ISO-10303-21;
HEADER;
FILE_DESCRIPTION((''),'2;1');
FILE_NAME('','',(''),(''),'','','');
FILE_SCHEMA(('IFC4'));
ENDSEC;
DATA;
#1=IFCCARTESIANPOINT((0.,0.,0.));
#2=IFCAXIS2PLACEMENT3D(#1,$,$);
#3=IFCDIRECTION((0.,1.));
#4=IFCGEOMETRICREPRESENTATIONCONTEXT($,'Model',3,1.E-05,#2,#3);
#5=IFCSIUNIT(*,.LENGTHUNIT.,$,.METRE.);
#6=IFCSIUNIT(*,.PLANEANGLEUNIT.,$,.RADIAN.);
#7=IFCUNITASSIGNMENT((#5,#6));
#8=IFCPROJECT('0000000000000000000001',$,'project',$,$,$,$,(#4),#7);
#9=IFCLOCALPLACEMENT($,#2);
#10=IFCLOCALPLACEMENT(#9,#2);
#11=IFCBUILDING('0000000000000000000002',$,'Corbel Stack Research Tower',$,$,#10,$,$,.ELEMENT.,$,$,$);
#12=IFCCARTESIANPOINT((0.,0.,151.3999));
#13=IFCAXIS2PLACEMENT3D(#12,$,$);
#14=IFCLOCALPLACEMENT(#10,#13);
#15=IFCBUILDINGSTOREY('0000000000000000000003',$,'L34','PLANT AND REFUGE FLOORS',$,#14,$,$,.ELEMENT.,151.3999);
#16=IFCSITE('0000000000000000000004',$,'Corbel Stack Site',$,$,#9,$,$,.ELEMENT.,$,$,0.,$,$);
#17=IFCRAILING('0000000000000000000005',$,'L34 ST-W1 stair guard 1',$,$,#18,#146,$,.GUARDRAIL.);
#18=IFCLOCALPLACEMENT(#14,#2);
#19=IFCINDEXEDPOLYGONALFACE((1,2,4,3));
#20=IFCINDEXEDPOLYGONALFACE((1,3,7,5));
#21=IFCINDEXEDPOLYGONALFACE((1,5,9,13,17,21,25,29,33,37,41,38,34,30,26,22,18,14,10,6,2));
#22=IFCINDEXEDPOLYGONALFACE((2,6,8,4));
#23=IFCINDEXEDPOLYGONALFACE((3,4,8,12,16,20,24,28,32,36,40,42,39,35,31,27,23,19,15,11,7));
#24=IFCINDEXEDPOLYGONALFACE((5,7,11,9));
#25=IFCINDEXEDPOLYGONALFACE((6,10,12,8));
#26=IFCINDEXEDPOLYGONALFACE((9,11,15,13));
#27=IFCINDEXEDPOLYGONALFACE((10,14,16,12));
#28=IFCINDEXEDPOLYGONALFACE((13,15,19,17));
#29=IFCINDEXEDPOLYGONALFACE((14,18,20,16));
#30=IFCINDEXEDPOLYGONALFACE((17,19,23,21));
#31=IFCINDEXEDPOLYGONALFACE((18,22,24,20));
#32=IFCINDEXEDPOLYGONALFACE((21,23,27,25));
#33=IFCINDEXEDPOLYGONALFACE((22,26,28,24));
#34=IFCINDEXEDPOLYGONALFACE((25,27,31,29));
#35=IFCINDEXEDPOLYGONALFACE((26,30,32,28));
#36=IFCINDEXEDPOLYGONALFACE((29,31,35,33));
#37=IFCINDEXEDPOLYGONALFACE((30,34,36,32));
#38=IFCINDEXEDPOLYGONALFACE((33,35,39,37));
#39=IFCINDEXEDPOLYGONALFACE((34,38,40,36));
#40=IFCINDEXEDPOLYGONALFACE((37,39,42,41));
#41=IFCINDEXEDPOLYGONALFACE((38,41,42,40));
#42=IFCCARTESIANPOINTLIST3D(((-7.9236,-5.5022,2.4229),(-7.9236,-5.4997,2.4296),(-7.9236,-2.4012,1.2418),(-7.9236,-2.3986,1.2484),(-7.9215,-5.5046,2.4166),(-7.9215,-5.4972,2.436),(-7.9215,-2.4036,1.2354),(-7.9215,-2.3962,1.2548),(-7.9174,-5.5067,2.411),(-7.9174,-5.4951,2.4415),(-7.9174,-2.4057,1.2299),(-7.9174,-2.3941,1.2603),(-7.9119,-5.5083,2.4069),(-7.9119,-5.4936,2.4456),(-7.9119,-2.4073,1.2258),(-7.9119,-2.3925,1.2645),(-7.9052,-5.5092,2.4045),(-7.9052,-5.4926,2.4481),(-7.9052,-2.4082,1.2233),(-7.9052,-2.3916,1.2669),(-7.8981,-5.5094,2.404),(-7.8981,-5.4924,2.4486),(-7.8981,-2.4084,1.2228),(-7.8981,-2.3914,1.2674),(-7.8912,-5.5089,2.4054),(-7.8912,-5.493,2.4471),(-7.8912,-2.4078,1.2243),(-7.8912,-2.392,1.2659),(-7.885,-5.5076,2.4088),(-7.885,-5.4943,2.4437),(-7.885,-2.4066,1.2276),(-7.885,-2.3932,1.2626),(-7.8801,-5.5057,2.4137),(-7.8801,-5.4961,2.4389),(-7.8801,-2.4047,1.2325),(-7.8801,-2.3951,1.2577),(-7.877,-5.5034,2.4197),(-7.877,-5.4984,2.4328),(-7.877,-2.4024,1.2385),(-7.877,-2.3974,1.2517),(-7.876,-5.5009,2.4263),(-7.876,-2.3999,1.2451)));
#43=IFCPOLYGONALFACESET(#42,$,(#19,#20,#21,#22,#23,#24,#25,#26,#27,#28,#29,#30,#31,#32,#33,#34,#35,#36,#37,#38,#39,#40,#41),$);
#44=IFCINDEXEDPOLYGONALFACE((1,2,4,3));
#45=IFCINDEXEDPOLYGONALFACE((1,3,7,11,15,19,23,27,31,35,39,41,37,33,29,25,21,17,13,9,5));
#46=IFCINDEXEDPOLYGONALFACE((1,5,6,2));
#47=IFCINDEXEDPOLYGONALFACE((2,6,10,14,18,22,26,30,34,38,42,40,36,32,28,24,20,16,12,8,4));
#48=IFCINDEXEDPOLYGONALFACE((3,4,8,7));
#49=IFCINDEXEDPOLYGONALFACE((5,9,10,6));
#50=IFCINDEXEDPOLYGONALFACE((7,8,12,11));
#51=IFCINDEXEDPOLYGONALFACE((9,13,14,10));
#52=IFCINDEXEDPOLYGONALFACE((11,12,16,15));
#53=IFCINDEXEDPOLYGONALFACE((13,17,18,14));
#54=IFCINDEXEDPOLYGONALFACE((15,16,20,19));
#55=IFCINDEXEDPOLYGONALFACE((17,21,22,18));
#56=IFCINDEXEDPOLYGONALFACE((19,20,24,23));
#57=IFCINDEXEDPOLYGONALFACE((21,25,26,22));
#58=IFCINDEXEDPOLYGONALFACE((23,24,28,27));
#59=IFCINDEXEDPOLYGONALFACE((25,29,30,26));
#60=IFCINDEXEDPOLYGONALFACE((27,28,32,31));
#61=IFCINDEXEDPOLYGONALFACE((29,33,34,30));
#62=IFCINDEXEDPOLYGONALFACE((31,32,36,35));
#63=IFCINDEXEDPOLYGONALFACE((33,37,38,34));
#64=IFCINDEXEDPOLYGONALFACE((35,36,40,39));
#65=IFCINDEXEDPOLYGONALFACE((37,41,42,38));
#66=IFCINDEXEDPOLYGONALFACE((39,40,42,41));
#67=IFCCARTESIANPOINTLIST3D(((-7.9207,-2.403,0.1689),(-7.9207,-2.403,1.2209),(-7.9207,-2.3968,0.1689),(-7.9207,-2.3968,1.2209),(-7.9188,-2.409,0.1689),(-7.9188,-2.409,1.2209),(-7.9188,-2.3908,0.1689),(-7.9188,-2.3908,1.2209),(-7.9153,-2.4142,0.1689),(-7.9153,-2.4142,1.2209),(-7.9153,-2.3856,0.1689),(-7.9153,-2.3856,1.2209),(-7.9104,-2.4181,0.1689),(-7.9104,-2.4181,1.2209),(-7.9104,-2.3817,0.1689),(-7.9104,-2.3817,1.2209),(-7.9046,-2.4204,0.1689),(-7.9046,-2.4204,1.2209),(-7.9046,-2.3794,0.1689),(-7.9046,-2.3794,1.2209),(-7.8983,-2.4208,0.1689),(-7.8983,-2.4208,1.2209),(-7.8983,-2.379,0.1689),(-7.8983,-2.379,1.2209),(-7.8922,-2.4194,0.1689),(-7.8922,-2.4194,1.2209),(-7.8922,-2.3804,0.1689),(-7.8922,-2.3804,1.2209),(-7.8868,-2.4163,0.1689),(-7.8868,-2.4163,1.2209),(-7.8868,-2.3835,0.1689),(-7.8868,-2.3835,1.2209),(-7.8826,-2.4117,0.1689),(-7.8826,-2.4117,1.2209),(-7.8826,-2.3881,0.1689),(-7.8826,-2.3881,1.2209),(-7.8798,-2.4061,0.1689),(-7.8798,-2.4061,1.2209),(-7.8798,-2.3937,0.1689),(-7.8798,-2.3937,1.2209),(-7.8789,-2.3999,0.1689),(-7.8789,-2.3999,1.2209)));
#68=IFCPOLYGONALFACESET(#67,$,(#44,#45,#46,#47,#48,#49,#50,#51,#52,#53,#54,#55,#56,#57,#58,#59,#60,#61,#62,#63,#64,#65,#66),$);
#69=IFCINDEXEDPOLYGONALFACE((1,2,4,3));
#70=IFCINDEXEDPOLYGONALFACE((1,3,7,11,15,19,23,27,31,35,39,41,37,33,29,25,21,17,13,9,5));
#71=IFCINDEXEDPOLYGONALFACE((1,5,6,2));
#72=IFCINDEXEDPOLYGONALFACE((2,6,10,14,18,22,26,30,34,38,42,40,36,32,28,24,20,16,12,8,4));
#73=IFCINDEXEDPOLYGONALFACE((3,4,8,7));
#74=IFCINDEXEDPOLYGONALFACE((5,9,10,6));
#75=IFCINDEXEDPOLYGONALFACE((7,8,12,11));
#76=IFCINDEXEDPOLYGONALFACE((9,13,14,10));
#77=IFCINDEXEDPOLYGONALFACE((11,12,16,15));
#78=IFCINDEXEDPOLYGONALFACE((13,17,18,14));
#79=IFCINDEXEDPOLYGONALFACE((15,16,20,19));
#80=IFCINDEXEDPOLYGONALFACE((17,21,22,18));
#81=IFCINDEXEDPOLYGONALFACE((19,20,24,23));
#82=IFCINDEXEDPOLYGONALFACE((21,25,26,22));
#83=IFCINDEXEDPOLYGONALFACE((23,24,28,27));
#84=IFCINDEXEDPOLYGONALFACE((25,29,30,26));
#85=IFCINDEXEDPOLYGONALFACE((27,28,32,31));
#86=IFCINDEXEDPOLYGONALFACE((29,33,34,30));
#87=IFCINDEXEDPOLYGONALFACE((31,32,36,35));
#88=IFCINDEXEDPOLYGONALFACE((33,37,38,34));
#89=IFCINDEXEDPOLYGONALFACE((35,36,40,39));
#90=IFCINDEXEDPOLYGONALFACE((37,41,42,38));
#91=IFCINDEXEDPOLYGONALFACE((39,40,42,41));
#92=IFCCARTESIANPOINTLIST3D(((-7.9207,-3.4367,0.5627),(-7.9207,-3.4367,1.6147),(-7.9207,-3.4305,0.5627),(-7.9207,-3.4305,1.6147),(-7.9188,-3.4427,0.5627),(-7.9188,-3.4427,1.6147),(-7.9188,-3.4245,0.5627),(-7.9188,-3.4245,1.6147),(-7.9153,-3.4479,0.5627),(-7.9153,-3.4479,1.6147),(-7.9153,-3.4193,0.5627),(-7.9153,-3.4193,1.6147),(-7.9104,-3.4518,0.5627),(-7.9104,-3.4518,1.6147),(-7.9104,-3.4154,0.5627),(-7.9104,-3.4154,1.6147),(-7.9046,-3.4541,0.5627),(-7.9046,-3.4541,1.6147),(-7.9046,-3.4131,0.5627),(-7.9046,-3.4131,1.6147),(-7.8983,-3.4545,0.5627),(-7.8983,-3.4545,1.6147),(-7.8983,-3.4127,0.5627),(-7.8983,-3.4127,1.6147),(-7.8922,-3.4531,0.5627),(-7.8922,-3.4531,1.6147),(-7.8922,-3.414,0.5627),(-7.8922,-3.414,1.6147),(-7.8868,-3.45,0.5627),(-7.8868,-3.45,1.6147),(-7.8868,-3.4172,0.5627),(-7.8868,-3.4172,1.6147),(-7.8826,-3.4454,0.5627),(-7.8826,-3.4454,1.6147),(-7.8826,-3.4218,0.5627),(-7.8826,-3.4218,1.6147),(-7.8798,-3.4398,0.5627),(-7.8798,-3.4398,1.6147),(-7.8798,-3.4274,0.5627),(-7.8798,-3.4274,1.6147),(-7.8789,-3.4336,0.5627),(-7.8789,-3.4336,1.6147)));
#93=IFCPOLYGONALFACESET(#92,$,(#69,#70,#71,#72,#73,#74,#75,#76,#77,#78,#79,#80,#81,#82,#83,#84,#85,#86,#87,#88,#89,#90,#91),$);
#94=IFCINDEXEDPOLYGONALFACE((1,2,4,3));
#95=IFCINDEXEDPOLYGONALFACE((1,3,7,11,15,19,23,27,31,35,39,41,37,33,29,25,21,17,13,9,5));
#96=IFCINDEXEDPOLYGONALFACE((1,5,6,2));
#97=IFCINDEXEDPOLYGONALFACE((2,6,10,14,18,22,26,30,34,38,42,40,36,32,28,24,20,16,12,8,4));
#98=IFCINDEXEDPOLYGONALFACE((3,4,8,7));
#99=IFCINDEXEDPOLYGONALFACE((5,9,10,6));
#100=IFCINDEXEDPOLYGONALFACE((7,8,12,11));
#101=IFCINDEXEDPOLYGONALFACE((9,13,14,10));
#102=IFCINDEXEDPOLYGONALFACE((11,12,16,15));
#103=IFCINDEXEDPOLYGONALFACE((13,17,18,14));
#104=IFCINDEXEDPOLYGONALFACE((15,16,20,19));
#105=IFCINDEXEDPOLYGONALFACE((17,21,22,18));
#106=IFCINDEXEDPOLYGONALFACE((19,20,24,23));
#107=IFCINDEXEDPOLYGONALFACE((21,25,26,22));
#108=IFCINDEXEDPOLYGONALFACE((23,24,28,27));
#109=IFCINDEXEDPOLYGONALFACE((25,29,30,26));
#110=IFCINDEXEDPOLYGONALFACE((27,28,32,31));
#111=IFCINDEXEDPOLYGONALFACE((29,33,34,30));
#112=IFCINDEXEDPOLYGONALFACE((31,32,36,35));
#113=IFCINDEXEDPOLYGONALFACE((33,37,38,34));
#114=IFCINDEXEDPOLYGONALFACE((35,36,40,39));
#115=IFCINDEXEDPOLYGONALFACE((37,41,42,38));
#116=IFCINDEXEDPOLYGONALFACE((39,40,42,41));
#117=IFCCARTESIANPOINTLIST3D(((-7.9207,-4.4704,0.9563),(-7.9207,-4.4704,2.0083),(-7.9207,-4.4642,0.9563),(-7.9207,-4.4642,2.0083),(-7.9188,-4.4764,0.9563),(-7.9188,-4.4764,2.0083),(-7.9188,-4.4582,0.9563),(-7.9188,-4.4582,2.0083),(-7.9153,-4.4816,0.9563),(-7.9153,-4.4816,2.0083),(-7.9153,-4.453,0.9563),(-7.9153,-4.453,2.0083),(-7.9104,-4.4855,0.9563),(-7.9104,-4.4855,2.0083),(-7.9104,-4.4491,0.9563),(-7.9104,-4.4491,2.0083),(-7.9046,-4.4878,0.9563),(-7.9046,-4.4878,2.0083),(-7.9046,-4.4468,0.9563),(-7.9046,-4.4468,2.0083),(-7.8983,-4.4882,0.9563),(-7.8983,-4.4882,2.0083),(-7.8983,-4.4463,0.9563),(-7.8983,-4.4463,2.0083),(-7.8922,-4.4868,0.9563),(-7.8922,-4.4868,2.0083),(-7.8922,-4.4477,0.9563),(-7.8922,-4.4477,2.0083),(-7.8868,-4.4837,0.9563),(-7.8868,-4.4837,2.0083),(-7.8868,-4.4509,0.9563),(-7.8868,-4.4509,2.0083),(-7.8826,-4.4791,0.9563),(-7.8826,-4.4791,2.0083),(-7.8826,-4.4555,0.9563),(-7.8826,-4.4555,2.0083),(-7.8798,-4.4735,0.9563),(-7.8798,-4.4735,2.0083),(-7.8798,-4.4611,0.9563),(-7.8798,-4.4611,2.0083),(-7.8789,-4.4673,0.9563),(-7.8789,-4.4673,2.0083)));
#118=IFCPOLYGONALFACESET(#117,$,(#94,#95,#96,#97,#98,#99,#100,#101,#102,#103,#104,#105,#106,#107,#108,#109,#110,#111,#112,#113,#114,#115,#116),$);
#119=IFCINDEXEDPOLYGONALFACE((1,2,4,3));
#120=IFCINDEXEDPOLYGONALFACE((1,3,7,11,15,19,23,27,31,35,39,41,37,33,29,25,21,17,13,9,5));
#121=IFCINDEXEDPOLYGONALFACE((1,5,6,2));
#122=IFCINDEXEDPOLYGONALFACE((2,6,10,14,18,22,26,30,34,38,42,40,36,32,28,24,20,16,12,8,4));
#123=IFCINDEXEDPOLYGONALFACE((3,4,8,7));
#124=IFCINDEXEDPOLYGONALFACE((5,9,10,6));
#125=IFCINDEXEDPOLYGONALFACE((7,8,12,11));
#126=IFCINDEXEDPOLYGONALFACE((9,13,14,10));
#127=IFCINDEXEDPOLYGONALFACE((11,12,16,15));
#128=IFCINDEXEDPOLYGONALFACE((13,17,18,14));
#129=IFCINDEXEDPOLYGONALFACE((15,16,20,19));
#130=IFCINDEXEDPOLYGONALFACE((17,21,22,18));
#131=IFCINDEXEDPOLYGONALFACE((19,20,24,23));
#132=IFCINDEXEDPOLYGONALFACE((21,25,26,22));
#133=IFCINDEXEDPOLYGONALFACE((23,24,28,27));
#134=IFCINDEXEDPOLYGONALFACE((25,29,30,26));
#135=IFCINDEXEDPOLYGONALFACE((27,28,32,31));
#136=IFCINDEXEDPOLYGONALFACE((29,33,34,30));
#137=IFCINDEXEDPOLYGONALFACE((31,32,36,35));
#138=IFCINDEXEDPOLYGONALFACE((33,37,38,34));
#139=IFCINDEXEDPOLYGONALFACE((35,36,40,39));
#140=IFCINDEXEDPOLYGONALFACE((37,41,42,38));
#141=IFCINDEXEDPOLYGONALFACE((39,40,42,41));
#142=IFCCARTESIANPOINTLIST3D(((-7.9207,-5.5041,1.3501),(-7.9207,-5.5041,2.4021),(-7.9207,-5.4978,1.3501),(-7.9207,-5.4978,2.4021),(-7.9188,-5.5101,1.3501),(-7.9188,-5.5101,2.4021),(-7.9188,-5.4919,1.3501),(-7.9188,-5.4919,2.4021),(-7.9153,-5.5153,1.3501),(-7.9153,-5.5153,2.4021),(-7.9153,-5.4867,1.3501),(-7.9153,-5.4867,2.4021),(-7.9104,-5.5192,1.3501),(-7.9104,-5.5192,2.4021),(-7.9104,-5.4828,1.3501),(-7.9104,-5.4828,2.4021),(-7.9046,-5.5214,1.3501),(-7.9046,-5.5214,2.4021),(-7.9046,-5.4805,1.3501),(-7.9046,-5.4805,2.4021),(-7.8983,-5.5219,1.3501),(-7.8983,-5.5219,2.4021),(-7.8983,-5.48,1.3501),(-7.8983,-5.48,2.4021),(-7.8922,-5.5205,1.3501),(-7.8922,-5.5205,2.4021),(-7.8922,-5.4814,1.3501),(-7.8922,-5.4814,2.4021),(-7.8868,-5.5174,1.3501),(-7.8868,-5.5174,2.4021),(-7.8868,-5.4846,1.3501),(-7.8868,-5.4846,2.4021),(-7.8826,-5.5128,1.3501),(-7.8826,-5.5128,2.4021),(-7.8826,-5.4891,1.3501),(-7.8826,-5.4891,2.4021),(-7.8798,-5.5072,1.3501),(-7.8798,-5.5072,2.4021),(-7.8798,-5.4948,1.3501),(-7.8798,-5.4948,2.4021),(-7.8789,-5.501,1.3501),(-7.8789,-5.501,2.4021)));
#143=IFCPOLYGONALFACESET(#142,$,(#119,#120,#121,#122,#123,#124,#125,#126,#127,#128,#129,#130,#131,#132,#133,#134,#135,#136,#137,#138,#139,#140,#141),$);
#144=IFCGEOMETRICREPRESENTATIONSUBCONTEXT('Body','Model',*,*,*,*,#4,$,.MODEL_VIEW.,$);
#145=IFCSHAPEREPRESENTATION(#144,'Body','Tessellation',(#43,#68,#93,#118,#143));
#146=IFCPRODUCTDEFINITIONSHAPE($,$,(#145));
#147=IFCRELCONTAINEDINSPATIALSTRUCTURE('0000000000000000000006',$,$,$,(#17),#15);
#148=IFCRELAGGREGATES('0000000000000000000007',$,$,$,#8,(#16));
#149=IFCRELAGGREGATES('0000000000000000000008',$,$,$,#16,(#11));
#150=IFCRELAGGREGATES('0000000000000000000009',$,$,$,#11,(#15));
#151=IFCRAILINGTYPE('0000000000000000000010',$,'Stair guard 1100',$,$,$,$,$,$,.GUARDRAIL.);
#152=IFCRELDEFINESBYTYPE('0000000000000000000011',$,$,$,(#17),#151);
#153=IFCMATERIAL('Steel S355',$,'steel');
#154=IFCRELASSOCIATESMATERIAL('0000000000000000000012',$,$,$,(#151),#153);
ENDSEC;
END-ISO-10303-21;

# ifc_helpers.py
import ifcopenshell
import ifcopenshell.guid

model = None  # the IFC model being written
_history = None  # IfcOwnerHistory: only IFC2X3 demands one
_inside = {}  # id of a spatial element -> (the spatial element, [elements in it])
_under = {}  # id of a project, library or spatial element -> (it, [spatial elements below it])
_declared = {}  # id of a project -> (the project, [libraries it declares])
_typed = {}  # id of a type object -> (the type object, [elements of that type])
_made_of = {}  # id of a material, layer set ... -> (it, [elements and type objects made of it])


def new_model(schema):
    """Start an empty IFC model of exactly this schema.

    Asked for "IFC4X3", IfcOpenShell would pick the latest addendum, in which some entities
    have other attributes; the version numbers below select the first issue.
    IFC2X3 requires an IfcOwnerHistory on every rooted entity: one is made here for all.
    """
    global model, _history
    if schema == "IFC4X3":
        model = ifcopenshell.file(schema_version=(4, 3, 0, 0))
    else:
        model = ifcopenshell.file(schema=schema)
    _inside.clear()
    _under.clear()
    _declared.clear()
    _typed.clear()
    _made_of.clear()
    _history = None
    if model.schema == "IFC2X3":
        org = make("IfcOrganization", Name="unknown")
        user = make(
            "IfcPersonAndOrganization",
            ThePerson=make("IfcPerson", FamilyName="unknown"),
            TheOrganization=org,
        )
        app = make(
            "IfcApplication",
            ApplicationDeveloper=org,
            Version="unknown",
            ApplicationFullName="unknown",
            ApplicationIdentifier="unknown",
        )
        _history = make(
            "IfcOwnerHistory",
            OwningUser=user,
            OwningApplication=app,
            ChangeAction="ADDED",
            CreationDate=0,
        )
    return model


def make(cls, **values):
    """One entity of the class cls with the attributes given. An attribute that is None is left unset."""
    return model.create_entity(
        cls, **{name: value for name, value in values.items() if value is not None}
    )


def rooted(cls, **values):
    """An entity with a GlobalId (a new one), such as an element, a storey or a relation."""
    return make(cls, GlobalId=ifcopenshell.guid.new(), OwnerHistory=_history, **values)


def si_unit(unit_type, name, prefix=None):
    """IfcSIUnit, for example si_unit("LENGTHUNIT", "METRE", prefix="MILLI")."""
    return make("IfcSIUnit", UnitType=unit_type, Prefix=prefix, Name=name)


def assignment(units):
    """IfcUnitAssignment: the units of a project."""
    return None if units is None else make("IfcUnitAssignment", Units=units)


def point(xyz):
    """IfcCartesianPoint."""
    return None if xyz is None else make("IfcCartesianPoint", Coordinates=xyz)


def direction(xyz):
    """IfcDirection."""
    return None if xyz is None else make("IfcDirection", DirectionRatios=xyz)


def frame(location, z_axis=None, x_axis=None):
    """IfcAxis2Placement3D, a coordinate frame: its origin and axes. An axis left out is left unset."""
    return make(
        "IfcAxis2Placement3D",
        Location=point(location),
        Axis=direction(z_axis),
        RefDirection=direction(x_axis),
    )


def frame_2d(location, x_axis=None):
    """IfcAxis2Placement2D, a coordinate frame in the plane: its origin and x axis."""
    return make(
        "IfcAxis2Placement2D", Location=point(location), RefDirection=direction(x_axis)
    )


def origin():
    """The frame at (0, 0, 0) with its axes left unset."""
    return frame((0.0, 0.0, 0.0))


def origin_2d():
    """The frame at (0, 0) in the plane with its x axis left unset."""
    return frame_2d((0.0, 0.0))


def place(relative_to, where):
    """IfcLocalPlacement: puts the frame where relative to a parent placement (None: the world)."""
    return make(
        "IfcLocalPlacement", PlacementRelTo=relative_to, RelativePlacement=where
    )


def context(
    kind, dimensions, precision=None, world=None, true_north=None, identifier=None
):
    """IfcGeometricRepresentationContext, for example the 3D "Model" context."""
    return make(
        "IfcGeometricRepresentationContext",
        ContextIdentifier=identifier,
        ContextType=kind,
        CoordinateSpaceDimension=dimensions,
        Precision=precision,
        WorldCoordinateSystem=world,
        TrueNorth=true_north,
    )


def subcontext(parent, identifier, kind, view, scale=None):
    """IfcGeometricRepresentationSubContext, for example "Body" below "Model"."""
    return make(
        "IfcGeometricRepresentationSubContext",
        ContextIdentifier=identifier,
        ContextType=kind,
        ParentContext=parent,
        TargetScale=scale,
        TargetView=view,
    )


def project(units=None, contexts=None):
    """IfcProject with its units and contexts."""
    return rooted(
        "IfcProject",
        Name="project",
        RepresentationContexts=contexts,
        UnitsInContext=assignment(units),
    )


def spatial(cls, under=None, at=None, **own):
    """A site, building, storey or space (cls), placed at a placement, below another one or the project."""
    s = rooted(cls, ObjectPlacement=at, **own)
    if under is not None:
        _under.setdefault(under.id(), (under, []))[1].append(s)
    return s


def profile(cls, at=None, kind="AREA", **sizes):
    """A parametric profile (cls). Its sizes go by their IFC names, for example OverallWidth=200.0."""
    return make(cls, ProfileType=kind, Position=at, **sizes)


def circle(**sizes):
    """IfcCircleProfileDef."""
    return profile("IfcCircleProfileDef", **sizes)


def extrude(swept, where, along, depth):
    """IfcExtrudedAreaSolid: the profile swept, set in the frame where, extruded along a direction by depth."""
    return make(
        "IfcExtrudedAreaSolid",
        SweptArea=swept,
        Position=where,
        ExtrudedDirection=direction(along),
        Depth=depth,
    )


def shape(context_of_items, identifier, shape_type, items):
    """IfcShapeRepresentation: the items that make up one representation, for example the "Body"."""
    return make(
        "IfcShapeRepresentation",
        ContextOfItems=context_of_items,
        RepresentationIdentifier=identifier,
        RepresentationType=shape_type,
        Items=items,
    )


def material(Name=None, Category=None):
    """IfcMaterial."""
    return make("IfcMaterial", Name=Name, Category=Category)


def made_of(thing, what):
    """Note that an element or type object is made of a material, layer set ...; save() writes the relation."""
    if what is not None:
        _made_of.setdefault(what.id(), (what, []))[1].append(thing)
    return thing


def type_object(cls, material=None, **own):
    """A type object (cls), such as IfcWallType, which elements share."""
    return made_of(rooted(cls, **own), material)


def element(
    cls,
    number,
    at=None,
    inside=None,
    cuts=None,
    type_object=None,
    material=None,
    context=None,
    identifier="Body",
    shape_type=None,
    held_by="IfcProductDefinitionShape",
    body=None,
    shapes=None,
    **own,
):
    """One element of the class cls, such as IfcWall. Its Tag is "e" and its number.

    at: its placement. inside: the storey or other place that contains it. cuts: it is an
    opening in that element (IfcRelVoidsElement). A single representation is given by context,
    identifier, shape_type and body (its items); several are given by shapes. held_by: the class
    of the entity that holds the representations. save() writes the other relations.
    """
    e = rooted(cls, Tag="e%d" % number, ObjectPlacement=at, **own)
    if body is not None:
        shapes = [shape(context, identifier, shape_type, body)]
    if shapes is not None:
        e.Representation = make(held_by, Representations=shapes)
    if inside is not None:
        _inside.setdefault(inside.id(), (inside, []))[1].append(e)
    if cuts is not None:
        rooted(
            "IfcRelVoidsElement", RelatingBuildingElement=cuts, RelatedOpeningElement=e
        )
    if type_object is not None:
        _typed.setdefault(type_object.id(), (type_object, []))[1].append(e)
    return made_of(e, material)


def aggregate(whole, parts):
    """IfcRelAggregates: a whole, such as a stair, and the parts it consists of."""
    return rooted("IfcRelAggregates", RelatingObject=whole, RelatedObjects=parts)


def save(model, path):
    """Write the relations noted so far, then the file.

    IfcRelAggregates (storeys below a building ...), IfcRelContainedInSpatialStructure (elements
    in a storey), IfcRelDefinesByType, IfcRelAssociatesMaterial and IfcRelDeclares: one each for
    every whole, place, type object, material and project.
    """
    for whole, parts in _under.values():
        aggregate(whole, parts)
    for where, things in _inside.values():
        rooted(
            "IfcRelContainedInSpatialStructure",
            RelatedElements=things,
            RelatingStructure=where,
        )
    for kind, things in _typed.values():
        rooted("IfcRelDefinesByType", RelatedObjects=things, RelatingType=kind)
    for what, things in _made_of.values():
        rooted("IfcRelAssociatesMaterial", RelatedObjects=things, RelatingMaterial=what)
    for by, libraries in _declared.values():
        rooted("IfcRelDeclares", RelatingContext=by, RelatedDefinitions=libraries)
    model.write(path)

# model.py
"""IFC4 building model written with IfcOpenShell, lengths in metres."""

from ifc_helpers import new_model, si_unit, direction, frame, origin, origin_2d, place, context, subcontext, project, spatial, circle, extrude, material, type_object, element, save


model = new_model("IFC4")

# Units and contexts
model_context = context("Model", 3, precision=1e-05, world=origin(), true_north=direction((0.0, 1.0)))
body_context = subcontext(model_context, "Body", "Model", "MODEL_VIEW")
ifc_project = project(units=[si_unit("LENGTHUNIT", "METRE"), si_unit("PLANEANGLEUNIT", "RADIAN")], contexts=[model_context])

# Site, building, storey
site_placement = place(None, origin())
site = spatial("IfcSite", under=ifc_project, at=site_placement, Name="Corbel Stack Site", CompositionType="ELEMENT", RefElevation=0.0)
building_placement = place(site_placement, origin())
building = spatial("IfcBuilding", under=site, at=building_placement, Name="Corbel Stack Research Tower", CompositionType="ELEMENT")
storey_placement = place(building_placement, frame((0.0, 0.0, 151.3999)))
storey = spatial("IfcBuildingStorey", under=building, at=storey_placement, Name="L34", Description="PLANT AND REFUGE FLOORS", CompositionType="ELEMENT", Elevation=151.3999)

# Railing
ifc_material_1 = material(Name="Steel S355", Category="steel")
railing_type_1 = type_object("IfcRailingType", Name="Stair guard 1100", PredefinedType="GUARDRAIL", material=ifc_material_1)
railing_1_placement = place(storey_placement, frame((-7.8999, -2.3999, 0.1689)))
element("IfcRailing", 1, at=railing_1_placement, inside=storey, type_object=railing_type_1, Name="L34 ST-W1 stair guard 1", PredefinedType="GUARDRAIL", context=body_context, shape_type="SweptSolid", body=[
    extrude(circle(Radius=0.0239, at=origin_2d()), frame((0.0, 0.0, 1.0762), z_axis=(0.0, -0.934509, 0.35594), x_axis=(1.0, 0.0, 0.0)), (0.0, 0.0, 1.0), 3.3184),
    extrude(circle(Radius=0.021, at=origin_2d()), origin(), (0.0, 0.0, 1.0), 1.052),
    extrude(circle(Radius=0.021, at=origin_2d()), frame((0.0, -1.0337, 0.3938)), (0.0, 0.0, 1.0), 1.052),
    extrude(circle(Radius=0.021, at=origin_2d()), frame((0.0, -2.0674, 0.7874)), (0.0, 0.0, 1.0), 1.052),
    extrude(circle(Radius=0.021, at=origin_2d()), frame((0.0, -3.1011, 1.1812)), (0.0, 0.0, 1.0), 1.052),
])

save(model, "model.ifc")
